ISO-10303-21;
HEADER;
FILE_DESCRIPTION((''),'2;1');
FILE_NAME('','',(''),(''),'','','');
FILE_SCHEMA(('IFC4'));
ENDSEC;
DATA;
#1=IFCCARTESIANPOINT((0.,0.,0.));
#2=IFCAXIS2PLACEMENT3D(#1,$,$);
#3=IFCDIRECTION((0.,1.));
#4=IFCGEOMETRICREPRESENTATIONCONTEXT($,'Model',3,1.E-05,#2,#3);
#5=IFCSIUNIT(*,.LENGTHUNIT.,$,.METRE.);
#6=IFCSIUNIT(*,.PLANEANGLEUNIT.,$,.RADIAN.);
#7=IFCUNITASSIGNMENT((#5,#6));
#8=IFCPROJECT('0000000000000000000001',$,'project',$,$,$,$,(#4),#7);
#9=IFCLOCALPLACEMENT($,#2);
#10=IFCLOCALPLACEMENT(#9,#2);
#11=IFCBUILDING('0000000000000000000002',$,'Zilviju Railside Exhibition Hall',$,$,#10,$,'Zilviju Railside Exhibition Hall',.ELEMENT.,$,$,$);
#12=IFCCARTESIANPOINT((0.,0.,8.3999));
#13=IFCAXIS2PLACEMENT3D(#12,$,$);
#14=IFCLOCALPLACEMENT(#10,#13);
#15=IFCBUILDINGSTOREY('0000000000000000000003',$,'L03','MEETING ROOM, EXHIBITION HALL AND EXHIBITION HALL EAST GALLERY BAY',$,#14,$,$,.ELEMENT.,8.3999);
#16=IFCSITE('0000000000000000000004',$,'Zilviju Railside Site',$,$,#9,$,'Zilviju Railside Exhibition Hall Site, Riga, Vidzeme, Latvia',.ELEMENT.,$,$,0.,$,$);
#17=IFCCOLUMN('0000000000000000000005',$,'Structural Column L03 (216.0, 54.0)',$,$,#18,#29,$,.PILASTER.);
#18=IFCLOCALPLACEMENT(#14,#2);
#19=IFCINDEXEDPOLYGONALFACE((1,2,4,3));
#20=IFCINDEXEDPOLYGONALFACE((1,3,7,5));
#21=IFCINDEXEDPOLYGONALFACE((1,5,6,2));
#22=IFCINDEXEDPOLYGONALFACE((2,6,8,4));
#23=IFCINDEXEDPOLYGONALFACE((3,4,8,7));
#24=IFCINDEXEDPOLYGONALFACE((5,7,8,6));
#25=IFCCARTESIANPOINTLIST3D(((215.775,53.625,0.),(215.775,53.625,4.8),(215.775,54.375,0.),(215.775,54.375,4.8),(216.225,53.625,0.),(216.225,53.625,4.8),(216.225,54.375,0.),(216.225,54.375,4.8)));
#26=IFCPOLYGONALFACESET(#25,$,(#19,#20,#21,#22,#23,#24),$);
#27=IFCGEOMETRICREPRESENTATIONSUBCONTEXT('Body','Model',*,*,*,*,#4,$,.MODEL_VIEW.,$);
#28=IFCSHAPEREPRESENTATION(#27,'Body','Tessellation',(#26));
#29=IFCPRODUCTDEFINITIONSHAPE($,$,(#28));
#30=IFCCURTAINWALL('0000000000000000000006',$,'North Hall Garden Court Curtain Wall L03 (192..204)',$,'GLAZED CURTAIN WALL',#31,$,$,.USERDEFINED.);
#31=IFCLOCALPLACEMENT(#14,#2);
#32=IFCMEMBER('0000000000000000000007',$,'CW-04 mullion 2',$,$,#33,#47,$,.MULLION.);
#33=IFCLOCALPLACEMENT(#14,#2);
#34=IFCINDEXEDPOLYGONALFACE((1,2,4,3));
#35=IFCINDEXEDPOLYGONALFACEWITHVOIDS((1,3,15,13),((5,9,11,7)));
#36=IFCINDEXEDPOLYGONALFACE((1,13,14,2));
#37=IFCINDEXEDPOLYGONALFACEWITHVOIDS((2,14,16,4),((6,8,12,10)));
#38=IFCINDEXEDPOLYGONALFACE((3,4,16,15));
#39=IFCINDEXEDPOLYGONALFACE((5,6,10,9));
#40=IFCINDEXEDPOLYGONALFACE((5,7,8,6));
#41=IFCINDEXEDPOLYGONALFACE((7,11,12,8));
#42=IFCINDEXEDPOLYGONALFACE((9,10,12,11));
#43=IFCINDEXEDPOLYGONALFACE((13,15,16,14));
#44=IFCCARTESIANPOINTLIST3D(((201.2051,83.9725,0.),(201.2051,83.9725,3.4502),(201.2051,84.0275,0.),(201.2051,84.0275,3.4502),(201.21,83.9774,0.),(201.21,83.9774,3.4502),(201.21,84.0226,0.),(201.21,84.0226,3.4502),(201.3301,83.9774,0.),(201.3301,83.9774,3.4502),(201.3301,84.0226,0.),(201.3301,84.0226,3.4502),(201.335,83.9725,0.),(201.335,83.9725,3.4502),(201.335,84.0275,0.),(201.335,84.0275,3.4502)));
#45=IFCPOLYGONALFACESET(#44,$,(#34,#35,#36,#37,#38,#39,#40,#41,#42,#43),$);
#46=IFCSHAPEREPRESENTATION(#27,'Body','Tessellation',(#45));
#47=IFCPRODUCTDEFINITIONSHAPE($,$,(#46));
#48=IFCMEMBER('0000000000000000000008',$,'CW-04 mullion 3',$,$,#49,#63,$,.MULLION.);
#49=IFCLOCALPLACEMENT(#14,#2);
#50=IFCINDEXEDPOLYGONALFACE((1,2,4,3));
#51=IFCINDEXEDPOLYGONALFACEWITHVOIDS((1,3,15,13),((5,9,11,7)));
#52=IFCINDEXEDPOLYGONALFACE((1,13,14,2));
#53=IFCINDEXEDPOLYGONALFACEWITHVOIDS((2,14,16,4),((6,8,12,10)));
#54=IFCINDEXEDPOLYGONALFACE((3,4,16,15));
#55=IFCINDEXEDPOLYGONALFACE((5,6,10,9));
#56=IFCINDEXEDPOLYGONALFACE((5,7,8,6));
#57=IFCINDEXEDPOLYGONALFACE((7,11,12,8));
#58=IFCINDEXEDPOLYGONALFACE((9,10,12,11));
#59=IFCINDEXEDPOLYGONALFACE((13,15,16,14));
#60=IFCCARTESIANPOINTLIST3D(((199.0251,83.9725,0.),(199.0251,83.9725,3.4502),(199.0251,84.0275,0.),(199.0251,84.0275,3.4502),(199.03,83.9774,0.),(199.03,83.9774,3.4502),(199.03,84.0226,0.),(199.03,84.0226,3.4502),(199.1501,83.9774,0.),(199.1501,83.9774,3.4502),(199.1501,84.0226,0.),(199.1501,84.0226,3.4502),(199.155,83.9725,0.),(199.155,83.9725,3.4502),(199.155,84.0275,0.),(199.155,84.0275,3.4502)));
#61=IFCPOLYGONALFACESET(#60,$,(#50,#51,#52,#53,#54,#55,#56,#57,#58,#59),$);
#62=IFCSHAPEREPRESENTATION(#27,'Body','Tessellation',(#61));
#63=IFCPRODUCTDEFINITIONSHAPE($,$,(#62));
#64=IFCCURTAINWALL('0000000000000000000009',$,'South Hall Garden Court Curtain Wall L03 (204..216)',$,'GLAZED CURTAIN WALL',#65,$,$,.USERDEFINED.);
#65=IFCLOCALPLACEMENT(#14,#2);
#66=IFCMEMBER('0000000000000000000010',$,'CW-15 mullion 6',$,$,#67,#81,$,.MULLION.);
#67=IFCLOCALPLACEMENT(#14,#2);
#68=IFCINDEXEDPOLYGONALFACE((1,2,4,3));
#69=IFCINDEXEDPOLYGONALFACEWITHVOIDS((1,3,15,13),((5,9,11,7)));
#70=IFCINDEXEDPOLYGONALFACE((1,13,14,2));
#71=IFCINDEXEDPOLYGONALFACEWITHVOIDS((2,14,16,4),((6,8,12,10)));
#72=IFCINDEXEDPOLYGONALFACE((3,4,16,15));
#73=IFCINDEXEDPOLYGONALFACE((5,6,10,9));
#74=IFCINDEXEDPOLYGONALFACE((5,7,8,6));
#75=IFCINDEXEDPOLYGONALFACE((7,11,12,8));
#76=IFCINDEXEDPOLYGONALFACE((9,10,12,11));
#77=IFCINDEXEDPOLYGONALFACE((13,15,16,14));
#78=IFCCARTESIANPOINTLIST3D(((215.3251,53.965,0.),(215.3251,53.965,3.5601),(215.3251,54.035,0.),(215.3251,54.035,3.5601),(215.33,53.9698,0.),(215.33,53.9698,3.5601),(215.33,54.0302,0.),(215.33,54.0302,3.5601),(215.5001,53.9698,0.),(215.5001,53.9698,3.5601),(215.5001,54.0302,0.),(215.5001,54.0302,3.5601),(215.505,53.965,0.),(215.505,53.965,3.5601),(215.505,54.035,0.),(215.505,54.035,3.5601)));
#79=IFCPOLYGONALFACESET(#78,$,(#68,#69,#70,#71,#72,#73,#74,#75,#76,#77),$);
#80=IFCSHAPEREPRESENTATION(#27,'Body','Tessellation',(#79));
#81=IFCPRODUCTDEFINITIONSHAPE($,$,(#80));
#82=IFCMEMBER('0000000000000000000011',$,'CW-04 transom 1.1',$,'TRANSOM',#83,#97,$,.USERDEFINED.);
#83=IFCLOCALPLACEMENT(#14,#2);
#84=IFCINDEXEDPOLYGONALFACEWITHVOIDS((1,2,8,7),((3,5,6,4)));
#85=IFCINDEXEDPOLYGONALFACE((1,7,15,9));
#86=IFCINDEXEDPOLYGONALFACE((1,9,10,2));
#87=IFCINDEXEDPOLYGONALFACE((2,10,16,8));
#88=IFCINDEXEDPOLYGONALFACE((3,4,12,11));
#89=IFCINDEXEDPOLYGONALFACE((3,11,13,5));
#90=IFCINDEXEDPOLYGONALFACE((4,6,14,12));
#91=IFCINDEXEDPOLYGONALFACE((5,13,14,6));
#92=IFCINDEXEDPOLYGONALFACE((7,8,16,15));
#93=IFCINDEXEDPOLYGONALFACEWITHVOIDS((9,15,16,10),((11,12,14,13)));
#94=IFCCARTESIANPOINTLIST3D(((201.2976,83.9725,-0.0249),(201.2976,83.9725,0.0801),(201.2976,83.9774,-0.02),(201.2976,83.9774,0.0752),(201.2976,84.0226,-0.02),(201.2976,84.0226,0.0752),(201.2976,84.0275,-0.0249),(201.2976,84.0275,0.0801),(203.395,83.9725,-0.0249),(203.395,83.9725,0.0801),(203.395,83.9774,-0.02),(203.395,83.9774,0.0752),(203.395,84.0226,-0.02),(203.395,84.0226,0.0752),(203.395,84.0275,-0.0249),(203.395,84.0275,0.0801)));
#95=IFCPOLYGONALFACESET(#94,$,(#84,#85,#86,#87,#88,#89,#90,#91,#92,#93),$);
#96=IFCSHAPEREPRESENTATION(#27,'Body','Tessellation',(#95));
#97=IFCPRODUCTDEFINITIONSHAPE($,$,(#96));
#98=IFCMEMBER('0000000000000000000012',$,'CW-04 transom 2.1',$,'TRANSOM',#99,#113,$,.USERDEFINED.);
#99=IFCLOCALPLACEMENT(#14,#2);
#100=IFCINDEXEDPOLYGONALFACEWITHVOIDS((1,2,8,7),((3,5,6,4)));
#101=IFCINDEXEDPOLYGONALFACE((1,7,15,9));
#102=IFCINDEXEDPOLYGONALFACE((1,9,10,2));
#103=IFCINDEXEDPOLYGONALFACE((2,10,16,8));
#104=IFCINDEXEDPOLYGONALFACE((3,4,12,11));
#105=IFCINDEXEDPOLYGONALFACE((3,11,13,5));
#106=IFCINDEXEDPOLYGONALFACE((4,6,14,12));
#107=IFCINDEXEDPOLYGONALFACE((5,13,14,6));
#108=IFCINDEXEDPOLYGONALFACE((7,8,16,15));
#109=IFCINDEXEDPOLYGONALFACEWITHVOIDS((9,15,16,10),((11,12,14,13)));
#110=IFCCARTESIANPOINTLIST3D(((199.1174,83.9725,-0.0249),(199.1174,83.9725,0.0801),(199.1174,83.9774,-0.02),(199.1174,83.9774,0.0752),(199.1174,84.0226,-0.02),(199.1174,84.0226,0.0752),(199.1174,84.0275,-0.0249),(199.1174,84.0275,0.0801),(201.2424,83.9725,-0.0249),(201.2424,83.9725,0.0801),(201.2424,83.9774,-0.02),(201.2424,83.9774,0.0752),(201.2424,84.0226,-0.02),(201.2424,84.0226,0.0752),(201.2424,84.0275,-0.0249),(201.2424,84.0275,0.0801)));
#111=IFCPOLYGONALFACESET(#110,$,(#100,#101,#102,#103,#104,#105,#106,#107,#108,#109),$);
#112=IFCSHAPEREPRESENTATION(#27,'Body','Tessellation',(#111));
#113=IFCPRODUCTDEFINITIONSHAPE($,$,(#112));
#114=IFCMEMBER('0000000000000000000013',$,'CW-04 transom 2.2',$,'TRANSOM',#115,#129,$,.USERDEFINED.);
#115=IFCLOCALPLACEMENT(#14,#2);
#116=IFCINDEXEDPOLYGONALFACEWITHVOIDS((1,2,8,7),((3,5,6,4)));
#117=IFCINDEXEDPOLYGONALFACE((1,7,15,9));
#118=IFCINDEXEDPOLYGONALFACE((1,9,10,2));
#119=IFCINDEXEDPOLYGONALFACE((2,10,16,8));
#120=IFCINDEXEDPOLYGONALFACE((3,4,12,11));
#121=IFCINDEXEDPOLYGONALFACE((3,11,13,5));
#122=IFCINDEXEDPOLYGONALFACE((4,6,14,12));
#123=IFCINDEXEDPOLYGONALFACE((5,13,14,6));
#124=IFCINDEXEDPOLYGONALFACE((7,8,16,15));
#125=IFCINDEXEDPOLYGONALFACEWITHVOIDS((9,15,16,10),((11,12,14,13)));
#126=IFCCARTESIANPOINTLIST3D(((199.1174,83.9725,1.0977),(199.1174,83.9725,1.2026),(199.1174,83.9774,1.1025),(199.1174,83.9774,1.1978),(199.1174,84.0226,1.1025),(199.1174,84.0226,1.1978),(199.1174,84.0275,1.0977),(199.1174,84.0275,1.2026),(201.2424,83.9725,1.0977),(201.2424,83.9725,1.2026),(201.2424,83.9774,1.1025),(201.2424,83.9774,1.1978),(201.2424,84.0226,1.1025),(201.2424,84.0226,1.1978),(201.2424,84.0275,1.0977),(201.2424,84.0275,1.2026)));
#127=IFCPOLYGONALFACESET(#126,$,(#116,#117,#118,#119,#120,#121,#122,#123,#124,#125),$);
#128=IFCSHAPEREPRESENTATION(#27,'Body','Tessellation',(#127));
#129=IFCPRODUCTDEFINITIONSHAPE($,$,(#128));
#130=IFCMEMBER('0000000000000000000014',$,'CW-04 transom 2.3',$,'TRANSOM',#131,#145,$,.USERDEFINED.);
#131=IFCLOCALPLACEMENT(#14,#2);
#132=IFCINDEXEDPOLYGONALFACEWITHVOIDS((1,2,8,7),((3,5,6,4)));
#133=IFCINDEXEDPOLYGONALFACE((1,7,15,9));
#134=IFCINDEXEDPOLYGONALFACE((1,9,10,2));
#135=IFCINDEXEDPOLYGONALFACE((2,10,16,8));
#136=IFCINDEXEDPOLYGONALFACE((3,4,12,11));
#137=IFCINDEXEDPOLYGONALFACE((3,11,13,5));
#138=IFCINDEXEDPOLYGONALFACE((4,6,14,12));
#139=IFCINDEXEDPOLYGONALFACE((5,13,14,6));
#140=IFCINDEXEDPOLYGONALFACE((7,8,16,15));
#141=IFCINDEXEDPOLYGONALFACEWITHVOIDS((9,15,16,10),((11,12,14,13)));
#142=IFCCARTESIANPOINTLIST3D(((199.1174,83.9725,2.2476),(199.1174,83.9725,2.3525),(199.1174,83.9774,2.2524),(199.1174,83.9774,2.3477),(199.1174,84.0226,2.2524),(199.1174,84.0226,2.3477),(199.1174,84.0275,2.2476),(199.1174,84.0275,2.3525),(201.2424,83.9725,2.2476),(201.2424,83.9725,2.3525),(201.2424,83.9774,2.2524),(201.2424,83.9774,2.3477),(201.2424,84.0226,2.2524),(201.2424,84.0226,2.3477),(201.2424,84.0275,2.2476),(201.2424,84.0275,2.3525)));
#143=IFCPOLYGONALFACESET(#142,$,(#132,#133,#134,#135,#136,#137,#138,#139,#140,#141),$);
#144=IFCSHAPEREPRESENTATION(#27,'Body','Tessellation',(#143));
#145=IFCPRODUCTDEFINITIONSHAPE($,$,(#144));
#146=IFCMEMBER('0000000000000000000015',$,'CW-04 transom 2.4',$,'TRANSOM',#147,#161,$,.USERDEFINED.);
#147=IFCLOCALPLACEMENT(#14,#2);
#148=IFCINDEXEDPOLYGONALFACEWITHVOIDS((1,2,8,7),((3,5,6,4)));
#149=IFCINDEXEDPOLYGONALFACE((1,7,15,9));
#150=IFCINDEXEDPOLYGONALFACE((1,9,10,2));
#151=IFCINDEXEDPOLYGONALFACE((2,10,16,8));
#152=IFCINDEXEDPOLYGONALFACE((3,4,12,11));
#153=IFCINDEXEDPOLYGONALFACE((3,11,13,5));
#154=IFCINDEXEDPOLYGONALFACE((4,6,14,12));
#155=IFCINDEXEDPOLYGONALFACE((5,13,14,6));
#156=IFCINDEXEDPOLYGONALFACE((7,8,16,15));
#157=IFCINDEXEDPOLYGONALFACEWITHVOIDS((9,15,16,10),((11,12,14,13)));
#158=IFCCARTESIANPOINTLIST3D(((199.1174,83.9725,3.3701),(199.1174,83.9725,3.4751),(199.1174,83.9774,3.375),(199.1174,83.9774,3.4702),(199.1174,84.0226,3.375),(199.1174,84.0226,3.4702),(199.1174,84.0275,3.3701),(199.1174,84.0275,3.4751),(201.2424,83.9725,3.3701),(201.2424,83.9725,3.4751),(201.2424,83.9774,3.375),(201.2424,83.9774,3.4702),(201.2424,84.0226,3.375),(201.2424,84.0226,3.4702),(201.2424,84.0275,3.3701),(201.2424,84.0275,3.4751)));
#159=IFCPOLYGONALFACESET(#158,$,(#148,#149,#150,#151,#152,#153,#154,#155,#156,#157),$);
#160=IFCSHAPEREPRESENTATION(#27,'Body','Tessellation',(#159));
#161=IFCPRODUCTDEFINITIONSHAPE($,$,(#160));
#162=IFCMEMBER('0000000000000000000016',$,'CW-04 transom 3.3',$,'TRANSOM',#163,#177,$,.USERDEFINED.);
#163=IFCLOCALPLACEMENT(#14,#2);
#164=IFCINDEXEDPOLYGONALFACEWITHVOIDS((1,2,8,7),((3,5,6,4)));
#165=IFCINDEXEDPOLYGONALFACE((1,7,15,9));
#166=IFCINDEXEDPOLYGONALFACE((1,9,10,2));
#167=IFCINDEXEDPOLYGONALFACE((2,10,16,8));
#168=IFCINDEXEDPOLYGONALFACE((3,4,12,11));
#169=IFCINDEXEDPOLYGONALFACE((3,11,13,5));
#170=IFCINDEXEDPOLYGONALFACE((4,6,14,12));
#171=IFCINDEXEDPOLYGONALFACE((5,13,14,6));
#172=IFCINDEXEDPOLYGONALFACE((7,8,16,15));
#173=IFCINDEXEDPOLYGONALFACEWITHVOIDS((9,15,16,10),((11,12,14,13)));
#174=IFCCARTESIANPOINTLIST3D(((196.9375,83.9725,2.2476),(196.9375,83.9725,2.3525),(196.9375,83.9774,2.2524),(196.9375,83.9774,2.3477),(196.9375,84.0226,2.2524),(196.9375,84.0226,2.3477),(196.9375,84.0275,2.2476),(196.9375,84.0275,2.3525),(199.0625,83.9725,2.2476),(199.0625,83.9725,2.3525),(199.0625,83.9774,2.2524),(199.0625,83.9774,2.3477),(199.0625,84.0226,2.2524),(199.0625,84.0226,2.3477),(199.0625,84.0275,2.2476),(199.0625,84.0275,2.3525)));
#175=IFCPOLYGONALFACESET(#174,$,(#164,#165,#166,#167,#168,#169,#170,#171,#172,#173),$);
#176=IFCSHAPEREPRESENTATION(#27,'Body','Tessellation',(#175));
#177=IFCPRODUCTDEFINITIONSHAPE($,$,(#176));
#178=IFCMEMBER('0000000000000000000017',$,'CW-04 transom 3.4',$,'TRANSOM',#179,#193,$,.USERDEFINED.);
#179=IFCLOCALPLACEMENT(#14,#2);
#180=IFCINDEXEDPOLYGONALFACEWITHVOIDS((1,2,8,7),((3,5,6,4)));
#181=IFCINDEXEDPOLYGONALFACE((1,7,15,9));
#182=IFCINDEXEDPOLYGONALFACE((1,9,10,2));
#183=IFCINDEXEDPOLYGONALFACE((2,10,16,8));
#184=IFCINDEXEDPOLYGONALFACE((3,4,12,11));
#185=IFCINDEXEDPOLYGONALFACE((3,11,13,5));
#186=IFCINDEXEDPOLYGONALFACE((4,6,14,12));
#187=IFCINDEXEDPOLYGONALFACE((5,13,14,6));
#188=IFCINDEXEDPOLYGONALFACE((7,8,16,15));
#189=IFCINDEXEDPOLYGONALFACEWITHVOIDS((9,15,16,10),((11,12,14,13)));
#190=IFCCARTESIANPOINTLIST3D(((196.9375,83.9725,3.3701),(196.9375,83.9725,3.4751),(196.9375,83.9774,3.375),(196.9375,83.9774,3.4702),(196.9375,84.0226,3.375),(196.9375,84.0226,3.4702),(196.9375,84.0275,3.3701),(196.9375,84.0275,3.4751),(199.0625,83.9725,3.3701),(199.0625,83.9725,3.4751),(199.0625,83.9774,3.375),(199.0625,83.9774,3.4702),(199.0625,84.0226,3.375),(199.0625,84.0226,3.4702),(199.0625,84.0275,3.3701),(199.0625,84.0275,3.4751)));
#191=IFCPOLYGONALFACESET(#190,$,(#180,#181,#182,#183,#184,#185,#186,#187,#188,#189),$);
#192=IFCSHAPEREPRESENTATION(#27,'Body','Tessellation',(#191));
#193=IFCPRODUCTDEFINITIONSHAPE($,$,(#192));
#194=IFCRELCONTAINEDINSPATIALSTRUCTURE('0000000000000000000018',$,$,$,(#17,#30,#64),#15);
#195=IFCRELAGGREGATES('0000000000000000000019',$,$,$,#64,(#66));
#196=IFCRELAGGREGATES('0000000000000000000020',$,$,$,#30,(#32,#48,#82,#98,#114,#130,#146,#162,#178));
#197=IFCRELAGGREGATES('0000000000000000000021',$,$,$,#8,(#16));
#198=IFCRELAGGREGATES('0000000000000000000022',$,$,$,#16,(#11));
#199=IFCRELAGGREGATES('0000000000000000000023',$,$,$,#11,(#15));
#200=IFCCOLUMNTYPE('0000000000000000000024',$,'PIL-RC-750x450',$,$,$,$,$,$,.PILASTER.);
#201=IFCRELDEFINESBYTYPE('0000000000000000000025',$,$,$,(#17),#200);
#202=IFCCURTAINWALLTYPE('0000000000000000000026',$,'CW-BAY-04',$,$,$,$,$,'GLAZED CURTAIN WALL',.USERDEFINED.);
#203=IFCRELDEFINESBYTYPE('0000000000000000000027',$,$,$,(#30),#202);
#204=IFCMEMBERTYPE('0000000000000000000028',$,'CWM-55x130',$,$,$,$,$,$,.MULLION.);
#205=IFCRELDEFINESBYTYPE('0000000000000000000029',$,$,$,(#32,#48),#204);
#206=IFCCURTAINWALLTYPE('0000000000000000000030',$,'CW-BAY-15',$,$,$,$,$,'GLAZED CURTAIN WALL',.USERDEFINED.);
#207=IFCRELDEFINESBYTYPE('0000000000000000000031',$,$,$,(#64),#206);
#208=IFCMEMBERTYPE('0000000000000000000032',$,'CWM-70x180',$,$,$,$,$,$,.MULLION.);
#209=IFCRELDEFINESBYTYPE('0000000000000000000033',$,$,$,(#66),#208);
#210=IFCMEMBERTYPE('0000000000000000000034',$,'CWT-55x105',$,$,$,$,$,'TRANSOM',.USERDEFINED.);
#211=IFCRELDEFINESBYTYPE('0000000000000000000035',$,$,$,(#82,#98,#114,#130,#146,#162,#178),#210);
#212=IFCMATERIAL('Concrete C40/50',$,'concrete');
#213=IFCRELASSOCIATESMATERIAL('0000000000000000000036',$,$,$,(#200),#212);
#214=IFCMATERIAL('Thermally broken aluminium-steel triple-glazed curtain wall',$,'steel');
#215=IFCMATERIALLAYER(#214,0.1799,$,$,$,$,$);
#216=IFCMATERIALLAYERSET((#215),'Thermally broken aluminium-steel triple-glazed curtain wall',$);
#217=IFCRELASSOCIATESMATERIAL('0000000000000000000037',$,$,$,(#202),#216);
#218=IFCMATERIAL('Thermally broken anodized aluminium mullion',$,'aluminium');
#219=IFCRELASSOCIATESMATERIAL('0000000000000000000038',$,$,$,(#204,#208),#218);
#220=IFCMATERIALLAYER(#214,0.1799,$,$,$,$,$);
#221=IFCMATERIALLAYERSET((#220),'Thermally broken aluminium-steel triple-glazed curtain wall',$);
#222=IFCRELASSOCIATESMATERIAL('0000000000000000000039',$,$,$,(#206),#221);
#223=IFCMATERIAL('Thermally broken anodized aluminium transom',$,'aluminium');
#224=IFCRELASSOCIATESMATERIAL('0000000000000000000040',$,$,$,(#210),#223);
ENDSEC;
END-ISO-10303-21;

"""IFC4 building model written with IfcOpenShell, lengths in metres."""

from ifc_helpers import new_model, si_unit, direction, frame, origin, origin_2d, place, context, subcontext, project, spatial, rectangle, hollow_rectangle, extrude, material, layer, layer_set, material_profile, profile_set, type_object, element, aggregate, save


model = new_model("IFC4")

# Units and contexts
model_context = context("Model", 3, precision=1e-05, world=origin(), true_north=direction((0.0, 1.0)))
body_context = subcontext(model_context, "Body", "Model", "MODEL_VIEW")
ifc_project = project(units=[si_unit("LENGTHUNIT", "METRE"), si_unit("PLANEANGLEUNIT", "RADIAN")], contexts=[model_context])

# Site, building, storey
site_placement = place(None, origin())
site = spatial("IfcSite", under=ifc_project, at=site_placement, Name="Zilviju Railside Site", LongName="Zilviju Railside Exhibition Hall Site, Riga, Vidzeme, Latvia", CompositionType="ELEMENT", RefElevation=0.0)
building_placement = place(site_placement, origin())
building = spatial("IfcBuilding", under=site, at=building_placement, Name="Zilviju Railside Exhibition Hall", LongName="Zilviju Railside Exhibition Hall", CompositionType="ELEMENT")
storey_placement = place(building_placement, frame((0.0, 0.0, 8.3999)))
storey = spatial("IfcBuildingStorey", under=building, at=storey_placement, Name="L03", Description="MEETING ROOM, EXHIBITION HALL AND EXHIBITION HALL EAST GALLERY BAY", CompositionType="ELEMENT", Elevation=8.3999)

# Column
ifc_material_1 = material(Name="Concrete C40/50", Category="concrete")
ifc_material_profile_1 = material_profile(ifc_material_1, rectangle(XDim=0.45, YDim=0.75, at=origin_2d()), Name="RC COL 450x750")
ifc_profile_set_1 = profile_set([ifc_material_profile_1], Name="Concrete C40/50")
column_type = type_object("IfcColumnType", Name="PIL-RC-750x450", PredefinedType="PILASTER", material=ifc_profile_set_1)
column_placement = place(storey_placement, frame((216.0, 54.0, 0.0), z_axis=(0.0, 0.0, 1.0), x_axis=(1.0, 0.0, 0.0)))
element("IfcColumn", 1, at=column_placement, inside=storey, type_object=column_type, Name="Structural Column L03 (216.0, 54.0)", PredefinedType="PILASTER", context=body_context, shape_type="SweptSolid", body=[
    extrude(rectangle(XDim=0.45, YDim=0.75, at=origin_2d()), origin(), (0.0, 0.0, 1.0), 4.8),
])

# Curtain wall, members
ifc_material_2 = material(Name="Thermally broken aluminium-steel triple-glazed curtain wall", Category="steel")
ifc_layer_1 = layer(ifc_material_2, 0.1799)
ifc_layer_set_1 = layer_set([ifc_layer_1], Name="Thermally broken aluminium-steel triple-glazed curtain wall")
curtain_wall_type_1 = type_object("IfcCurtainWallType", Name="CW-BAY-04", ElementType="GLAZED CURTAIN WALL", PredefinedType="USERDEFINED", material=ifc_layer_set_1)
curtain_wall_1_placement = place(storey_placement, origin())
curtain_wall_1 = element("IfcCurtainWall", 2, at=curtain_wall_1_placement, inside=storey, type_object=curtain_wall_type_1, Name="North Hall Garden Court Curtain Wall L03 (192..204)", ObjectType="GLAZED CURTAIN WALL", PredefinedType="USERDEFINED")
ifc_material_3 = material(Name="Thermally broken anodized aluminium mullion", Category="aluminium")
ifc_material_profile_2 = material_profile(ifc_material_3, hollow_rectangle(XDim=0.0549, YDim=0.1299, WallThickness=0.0049, at=origin_2d()), Name="MULLION 130x55x5")
ifc_profile_set_2 = profile_set([ifc_material_profile_2], Name="Thermally broken anodized aluminium mullion")
member_type_1 = type_object("IfcMemberType", Name="CWM-55x130", PredefinedType="MULLION", material=ifc_profile_set_2)
member_1_placement = place(storey_placement, frame((201.27, 84.0, 0.0), z_axis=(0.0, 0.0, 1.0), x_axis=(0.0, -1.0, 0.0)))
member_1 = element("IfcMember", 3, at=member_1_placement, type_object=member_type_1, Name="CW-04 mullion 2", PredefinedType="MULLION", context=body_context, shape_type="SweptSolid", body=[
    extrude(hollow_rectangle(XDim=0.0549, YDim=0.1299, WallThickness=0.0049, at=origin_2d()), origin(), (0.0, 0.0, 1.0), 3.4502),
])
member_2_placement = place(storey_placement, frame((199.0901, 84.0, 0.0), z_axis=(0.0, 0.0, 1.0), x_axis=(0.0, -1.0, 0.0)))
member_2 = element("IfcMember", 4, at=member_2_placement, type_object=member_type_1, Name="CW-04 mullion 3", PredefinedType="MULLION", context=body_context, shape_type="SweptSolid", body=[
    extrude(hollow_rectangle(XDim=0.0549, YDim=0.1299, WallThickness=0.0049, at=origin_2d()), origin(), (0.0, 0.0, 1.0), 3.4502),
])

# Curtain wall, member
ifc_layer_2 = layer(ifc_material_2, 0.1799)
ifc_layer_set_2 = layer_set([ifc_layer_2], Name="Thermally broken aluminium-steel triple-glazed curtain wall")
curtain_wall_type_2 = type_object("IfcCurtainWallType", Name="CW-BAY-15", ElementType="GLAZED CURTAIN WALL", PredefinedType="USERDEFINED", material=ifc_layer_set_2)
curtain_wall_2_placement = place(storey_placement, origin())
curtain_wall_2 = element("IfcCurtainWall", 5, at=curtain_wall_2_placement, inside=storey, type_object=curtain_wall_type_2, Name="South Hall Garden Court Curtain Wall L03 (204..216)", ObjectType="GLAZED CURTAIN WALL", PredefinedType="USERDEFINED")
ifc_material_profile_3 = material_profile(ifc_material_3, hollow_rectangle(XDim=0.0701, YDim=0.1799, WallThickness=0.0049, at=origin_2d()), Name="MULLION 180x70x5")
ifc_profile_set_3 = profile_set([ifc_material_profile_3], Name="Thermally broken anodized aluminium mullion")
member_type_2 = type_object("IfcMemberType", Name="CWM-70x180", PredefinedType="MULLION", material=ifc_profile_set_3)
member_3_placement = place(storey_placement, frame((215.415, 54.0, 0.0), z_axis=(0.0, 0.0, 1.0), x_axis=(0.0, 1.0, 0.0)))
member_3 = element("IfcMember", 6, at=member_3_placement, type_object=member_type_2, Name="CW-15 mullion 6", PredefinedType="MULLION", context=body_context, shape_type="SweptSolid", body=[
    extrude(hollow_rectangle(XDim=0.0701, YDim=0.1799, WallThickness=0.0049, at=origin_2d()), origin(), (0.0, 0.0, 1.0), 3.5601),
])

# Members
ifc_material_4 = material(Name="Thermally broken anodized aluminium transom", Category="aluminium")
ifc_material_profile_4 = material_profile(ifc_material_4, hollow_rectangle(XDim=0.0549, YDim=0.105, WallThickness=0.0049, at=origin_2d()), Name="TRANSOM 105x55x5")
ifc_profile_set_4 = profile_set([ifc_material_profile_4], Name="Thermally broken anodized aluminium transom")
member_type_3 = type_object("IfcMemberType", Name="CWT-55x105", ElementType="TRANSOM", PredefinedType="USERDEFINED", material=ifc_profile_set_4)
member_4_placement = place(storey_placement, frame((203.395, 84.0, 0.0276), z_axis=(-1.0, 0.0, 0.0), x_axis=(0.0, -1.0, 0.0)))
member_4 = element("IfcMember", 7, at=member_4_placement, type_object=member_type_3, Name="CW-04 transom 1.1", ObjectType="TRANSOM", PredefinedType="USERDEFINED", context=body_context, shape_type="SweptSolid", body=[
    extrude(hollow_rectangle(XDim=0.0549, YDim=0.105, WallThickness=0.0049, at=origin_2d()), origin(), (0.0, 0.0, 1.0), 2.0974),
])
member_5_placement = place(storey_placement, frame((201.2424, 84.0, 0.0276), z_axis=(-1.0, 0.0, 0.0), x_axis=(0.0, -1.0, 0.0)))
member_5 = element("IfcMember", 8, at=member_5_placement, type_object=member_type_3, Name="CW-04 transom 2.1", ObjectType="TRANSOM", PredefinedType="USERDEFINED", context=body_context, shape_type="SweptSolid", body=[
    extrude(hollow_rectangle(XDim=0.0549, YDim=0.105, WallThickness=0.0049, at=origin_2d()), origin(), (0.0, 0.0, 1.0), 2.125),
])
member_6_placement = place(storey_placement, frame((201.2424, 84.0, 1.1501), z_axis=(-1.0, 0.0, 0.0), x_axis=(0.0, -1.0, 0.0)))
member_6 = element("IfcMember", 9, at=member_6_placement, type_object=member_type_3, Name="CW-04 transom 2.2", ObjectType="TRANSOM", PredefinedType="USERDEFINED", context=body_context, shape_type="SweptSolid", body=[
    extrude(hollow_rectangle(XDim=0.0549, YDim=0.105, WallThickness=0.0049, at=origin_2d()), origin(), (0.0, 0.0, 1.0), 2.125),
])
member_7_placement = place(storey_placement, frame((201.2424, 84.0, 2.3), z_axis=(-1.0, 0.0, 0.0), x_axis=(0.0, -1.0, 0.0)))
member_7 = element("IfcMember", 10, at=member_7_placement, type_object=member_type_3, Name="CW-04 transom 2.3", ObjectType="TRANSOM", PredefinedType="USERDEFINED", context=body_context, shape_type="SweptSolid", body=[
    extrude(hollow_rectangle(XDim=0.0549, YDim=0.105, WallThickness=0.0049, at=origin_2d()), origin(), (0.0, 0.0, 1.0), 2.125),
])
member_8_placement = place(storey_placement, frame((201.2424, 84.0, 3.4226), z_axis=(-1.0, 0.0, 0.0), x_axis=(0.0, -1.0, 0.0)))
member_8 = element("IfcMember", 11, at=member_8_placement, type_object=member_type_3, Name="CW-04 transom 2.4", ObjectType="TRANSOM", PredefinedType="USERDEFINED", context=body_context, shape_type="SweptSolid", body=[
    extrude(hollow_rectangle(XDim=0.0549, YDim=0.105, WallThickness=0.0049, at=origin_2d()), origin(), (0.0, 0.0, 1.0), 2.125),
])
member_9_placement = place(storey_placement, frame((199.0625, 84.0, 2.3), z_axis=(-1.0, 0.0, 0.0), x_axis=(0.0, -1.0, 0.0)))
member_9 = element("IfcMember", 12, at=member_9_placement, type_object=member_type_3, Name="CW-04 transom 3.3", ObjectType="TRANSOM", PredefinedType="USERDEFINED", context=body_context, shape_type="SweptSolid", body=[
    extrude(hollow_rectangle(XDim=0.0549, YDim=0.105, WallThickness=0.0049, at=origin_2d()), origin(), (0.0, 0.0, 1.0), 2.125),
])
member_10_placement = place(storey_placement, frame((199.0625, 84.0, 3.4226), z_axis=(-1.0, 0.0, 0.0), x_axis=(0.0, -1.0, 0.0)))
member_10 = element("IfcMember", 13, at=member_10_placement, type_object=member_type_3, Name="CW-04 transom 3.4", ObjectType="TRANSOM", PredefinedType="USERDEFINED", context=body_context, shape_type="SweptSolid", body=[
    extrude(hollow_rectangle(XDim=0.0549, YDim=0.105, WallThickness=0.0049, at=origin_2d()), origin(), (0.0, 0.0, 1.0), 2.125),
])

aggregate(curtain_wall_2, [member_3])
aggregate(curtain_wall_1, [member_1, member_2, member_4, member_5, member_6, member_7, member_8, member_9, member_10])

save(model, "model.ifc")
